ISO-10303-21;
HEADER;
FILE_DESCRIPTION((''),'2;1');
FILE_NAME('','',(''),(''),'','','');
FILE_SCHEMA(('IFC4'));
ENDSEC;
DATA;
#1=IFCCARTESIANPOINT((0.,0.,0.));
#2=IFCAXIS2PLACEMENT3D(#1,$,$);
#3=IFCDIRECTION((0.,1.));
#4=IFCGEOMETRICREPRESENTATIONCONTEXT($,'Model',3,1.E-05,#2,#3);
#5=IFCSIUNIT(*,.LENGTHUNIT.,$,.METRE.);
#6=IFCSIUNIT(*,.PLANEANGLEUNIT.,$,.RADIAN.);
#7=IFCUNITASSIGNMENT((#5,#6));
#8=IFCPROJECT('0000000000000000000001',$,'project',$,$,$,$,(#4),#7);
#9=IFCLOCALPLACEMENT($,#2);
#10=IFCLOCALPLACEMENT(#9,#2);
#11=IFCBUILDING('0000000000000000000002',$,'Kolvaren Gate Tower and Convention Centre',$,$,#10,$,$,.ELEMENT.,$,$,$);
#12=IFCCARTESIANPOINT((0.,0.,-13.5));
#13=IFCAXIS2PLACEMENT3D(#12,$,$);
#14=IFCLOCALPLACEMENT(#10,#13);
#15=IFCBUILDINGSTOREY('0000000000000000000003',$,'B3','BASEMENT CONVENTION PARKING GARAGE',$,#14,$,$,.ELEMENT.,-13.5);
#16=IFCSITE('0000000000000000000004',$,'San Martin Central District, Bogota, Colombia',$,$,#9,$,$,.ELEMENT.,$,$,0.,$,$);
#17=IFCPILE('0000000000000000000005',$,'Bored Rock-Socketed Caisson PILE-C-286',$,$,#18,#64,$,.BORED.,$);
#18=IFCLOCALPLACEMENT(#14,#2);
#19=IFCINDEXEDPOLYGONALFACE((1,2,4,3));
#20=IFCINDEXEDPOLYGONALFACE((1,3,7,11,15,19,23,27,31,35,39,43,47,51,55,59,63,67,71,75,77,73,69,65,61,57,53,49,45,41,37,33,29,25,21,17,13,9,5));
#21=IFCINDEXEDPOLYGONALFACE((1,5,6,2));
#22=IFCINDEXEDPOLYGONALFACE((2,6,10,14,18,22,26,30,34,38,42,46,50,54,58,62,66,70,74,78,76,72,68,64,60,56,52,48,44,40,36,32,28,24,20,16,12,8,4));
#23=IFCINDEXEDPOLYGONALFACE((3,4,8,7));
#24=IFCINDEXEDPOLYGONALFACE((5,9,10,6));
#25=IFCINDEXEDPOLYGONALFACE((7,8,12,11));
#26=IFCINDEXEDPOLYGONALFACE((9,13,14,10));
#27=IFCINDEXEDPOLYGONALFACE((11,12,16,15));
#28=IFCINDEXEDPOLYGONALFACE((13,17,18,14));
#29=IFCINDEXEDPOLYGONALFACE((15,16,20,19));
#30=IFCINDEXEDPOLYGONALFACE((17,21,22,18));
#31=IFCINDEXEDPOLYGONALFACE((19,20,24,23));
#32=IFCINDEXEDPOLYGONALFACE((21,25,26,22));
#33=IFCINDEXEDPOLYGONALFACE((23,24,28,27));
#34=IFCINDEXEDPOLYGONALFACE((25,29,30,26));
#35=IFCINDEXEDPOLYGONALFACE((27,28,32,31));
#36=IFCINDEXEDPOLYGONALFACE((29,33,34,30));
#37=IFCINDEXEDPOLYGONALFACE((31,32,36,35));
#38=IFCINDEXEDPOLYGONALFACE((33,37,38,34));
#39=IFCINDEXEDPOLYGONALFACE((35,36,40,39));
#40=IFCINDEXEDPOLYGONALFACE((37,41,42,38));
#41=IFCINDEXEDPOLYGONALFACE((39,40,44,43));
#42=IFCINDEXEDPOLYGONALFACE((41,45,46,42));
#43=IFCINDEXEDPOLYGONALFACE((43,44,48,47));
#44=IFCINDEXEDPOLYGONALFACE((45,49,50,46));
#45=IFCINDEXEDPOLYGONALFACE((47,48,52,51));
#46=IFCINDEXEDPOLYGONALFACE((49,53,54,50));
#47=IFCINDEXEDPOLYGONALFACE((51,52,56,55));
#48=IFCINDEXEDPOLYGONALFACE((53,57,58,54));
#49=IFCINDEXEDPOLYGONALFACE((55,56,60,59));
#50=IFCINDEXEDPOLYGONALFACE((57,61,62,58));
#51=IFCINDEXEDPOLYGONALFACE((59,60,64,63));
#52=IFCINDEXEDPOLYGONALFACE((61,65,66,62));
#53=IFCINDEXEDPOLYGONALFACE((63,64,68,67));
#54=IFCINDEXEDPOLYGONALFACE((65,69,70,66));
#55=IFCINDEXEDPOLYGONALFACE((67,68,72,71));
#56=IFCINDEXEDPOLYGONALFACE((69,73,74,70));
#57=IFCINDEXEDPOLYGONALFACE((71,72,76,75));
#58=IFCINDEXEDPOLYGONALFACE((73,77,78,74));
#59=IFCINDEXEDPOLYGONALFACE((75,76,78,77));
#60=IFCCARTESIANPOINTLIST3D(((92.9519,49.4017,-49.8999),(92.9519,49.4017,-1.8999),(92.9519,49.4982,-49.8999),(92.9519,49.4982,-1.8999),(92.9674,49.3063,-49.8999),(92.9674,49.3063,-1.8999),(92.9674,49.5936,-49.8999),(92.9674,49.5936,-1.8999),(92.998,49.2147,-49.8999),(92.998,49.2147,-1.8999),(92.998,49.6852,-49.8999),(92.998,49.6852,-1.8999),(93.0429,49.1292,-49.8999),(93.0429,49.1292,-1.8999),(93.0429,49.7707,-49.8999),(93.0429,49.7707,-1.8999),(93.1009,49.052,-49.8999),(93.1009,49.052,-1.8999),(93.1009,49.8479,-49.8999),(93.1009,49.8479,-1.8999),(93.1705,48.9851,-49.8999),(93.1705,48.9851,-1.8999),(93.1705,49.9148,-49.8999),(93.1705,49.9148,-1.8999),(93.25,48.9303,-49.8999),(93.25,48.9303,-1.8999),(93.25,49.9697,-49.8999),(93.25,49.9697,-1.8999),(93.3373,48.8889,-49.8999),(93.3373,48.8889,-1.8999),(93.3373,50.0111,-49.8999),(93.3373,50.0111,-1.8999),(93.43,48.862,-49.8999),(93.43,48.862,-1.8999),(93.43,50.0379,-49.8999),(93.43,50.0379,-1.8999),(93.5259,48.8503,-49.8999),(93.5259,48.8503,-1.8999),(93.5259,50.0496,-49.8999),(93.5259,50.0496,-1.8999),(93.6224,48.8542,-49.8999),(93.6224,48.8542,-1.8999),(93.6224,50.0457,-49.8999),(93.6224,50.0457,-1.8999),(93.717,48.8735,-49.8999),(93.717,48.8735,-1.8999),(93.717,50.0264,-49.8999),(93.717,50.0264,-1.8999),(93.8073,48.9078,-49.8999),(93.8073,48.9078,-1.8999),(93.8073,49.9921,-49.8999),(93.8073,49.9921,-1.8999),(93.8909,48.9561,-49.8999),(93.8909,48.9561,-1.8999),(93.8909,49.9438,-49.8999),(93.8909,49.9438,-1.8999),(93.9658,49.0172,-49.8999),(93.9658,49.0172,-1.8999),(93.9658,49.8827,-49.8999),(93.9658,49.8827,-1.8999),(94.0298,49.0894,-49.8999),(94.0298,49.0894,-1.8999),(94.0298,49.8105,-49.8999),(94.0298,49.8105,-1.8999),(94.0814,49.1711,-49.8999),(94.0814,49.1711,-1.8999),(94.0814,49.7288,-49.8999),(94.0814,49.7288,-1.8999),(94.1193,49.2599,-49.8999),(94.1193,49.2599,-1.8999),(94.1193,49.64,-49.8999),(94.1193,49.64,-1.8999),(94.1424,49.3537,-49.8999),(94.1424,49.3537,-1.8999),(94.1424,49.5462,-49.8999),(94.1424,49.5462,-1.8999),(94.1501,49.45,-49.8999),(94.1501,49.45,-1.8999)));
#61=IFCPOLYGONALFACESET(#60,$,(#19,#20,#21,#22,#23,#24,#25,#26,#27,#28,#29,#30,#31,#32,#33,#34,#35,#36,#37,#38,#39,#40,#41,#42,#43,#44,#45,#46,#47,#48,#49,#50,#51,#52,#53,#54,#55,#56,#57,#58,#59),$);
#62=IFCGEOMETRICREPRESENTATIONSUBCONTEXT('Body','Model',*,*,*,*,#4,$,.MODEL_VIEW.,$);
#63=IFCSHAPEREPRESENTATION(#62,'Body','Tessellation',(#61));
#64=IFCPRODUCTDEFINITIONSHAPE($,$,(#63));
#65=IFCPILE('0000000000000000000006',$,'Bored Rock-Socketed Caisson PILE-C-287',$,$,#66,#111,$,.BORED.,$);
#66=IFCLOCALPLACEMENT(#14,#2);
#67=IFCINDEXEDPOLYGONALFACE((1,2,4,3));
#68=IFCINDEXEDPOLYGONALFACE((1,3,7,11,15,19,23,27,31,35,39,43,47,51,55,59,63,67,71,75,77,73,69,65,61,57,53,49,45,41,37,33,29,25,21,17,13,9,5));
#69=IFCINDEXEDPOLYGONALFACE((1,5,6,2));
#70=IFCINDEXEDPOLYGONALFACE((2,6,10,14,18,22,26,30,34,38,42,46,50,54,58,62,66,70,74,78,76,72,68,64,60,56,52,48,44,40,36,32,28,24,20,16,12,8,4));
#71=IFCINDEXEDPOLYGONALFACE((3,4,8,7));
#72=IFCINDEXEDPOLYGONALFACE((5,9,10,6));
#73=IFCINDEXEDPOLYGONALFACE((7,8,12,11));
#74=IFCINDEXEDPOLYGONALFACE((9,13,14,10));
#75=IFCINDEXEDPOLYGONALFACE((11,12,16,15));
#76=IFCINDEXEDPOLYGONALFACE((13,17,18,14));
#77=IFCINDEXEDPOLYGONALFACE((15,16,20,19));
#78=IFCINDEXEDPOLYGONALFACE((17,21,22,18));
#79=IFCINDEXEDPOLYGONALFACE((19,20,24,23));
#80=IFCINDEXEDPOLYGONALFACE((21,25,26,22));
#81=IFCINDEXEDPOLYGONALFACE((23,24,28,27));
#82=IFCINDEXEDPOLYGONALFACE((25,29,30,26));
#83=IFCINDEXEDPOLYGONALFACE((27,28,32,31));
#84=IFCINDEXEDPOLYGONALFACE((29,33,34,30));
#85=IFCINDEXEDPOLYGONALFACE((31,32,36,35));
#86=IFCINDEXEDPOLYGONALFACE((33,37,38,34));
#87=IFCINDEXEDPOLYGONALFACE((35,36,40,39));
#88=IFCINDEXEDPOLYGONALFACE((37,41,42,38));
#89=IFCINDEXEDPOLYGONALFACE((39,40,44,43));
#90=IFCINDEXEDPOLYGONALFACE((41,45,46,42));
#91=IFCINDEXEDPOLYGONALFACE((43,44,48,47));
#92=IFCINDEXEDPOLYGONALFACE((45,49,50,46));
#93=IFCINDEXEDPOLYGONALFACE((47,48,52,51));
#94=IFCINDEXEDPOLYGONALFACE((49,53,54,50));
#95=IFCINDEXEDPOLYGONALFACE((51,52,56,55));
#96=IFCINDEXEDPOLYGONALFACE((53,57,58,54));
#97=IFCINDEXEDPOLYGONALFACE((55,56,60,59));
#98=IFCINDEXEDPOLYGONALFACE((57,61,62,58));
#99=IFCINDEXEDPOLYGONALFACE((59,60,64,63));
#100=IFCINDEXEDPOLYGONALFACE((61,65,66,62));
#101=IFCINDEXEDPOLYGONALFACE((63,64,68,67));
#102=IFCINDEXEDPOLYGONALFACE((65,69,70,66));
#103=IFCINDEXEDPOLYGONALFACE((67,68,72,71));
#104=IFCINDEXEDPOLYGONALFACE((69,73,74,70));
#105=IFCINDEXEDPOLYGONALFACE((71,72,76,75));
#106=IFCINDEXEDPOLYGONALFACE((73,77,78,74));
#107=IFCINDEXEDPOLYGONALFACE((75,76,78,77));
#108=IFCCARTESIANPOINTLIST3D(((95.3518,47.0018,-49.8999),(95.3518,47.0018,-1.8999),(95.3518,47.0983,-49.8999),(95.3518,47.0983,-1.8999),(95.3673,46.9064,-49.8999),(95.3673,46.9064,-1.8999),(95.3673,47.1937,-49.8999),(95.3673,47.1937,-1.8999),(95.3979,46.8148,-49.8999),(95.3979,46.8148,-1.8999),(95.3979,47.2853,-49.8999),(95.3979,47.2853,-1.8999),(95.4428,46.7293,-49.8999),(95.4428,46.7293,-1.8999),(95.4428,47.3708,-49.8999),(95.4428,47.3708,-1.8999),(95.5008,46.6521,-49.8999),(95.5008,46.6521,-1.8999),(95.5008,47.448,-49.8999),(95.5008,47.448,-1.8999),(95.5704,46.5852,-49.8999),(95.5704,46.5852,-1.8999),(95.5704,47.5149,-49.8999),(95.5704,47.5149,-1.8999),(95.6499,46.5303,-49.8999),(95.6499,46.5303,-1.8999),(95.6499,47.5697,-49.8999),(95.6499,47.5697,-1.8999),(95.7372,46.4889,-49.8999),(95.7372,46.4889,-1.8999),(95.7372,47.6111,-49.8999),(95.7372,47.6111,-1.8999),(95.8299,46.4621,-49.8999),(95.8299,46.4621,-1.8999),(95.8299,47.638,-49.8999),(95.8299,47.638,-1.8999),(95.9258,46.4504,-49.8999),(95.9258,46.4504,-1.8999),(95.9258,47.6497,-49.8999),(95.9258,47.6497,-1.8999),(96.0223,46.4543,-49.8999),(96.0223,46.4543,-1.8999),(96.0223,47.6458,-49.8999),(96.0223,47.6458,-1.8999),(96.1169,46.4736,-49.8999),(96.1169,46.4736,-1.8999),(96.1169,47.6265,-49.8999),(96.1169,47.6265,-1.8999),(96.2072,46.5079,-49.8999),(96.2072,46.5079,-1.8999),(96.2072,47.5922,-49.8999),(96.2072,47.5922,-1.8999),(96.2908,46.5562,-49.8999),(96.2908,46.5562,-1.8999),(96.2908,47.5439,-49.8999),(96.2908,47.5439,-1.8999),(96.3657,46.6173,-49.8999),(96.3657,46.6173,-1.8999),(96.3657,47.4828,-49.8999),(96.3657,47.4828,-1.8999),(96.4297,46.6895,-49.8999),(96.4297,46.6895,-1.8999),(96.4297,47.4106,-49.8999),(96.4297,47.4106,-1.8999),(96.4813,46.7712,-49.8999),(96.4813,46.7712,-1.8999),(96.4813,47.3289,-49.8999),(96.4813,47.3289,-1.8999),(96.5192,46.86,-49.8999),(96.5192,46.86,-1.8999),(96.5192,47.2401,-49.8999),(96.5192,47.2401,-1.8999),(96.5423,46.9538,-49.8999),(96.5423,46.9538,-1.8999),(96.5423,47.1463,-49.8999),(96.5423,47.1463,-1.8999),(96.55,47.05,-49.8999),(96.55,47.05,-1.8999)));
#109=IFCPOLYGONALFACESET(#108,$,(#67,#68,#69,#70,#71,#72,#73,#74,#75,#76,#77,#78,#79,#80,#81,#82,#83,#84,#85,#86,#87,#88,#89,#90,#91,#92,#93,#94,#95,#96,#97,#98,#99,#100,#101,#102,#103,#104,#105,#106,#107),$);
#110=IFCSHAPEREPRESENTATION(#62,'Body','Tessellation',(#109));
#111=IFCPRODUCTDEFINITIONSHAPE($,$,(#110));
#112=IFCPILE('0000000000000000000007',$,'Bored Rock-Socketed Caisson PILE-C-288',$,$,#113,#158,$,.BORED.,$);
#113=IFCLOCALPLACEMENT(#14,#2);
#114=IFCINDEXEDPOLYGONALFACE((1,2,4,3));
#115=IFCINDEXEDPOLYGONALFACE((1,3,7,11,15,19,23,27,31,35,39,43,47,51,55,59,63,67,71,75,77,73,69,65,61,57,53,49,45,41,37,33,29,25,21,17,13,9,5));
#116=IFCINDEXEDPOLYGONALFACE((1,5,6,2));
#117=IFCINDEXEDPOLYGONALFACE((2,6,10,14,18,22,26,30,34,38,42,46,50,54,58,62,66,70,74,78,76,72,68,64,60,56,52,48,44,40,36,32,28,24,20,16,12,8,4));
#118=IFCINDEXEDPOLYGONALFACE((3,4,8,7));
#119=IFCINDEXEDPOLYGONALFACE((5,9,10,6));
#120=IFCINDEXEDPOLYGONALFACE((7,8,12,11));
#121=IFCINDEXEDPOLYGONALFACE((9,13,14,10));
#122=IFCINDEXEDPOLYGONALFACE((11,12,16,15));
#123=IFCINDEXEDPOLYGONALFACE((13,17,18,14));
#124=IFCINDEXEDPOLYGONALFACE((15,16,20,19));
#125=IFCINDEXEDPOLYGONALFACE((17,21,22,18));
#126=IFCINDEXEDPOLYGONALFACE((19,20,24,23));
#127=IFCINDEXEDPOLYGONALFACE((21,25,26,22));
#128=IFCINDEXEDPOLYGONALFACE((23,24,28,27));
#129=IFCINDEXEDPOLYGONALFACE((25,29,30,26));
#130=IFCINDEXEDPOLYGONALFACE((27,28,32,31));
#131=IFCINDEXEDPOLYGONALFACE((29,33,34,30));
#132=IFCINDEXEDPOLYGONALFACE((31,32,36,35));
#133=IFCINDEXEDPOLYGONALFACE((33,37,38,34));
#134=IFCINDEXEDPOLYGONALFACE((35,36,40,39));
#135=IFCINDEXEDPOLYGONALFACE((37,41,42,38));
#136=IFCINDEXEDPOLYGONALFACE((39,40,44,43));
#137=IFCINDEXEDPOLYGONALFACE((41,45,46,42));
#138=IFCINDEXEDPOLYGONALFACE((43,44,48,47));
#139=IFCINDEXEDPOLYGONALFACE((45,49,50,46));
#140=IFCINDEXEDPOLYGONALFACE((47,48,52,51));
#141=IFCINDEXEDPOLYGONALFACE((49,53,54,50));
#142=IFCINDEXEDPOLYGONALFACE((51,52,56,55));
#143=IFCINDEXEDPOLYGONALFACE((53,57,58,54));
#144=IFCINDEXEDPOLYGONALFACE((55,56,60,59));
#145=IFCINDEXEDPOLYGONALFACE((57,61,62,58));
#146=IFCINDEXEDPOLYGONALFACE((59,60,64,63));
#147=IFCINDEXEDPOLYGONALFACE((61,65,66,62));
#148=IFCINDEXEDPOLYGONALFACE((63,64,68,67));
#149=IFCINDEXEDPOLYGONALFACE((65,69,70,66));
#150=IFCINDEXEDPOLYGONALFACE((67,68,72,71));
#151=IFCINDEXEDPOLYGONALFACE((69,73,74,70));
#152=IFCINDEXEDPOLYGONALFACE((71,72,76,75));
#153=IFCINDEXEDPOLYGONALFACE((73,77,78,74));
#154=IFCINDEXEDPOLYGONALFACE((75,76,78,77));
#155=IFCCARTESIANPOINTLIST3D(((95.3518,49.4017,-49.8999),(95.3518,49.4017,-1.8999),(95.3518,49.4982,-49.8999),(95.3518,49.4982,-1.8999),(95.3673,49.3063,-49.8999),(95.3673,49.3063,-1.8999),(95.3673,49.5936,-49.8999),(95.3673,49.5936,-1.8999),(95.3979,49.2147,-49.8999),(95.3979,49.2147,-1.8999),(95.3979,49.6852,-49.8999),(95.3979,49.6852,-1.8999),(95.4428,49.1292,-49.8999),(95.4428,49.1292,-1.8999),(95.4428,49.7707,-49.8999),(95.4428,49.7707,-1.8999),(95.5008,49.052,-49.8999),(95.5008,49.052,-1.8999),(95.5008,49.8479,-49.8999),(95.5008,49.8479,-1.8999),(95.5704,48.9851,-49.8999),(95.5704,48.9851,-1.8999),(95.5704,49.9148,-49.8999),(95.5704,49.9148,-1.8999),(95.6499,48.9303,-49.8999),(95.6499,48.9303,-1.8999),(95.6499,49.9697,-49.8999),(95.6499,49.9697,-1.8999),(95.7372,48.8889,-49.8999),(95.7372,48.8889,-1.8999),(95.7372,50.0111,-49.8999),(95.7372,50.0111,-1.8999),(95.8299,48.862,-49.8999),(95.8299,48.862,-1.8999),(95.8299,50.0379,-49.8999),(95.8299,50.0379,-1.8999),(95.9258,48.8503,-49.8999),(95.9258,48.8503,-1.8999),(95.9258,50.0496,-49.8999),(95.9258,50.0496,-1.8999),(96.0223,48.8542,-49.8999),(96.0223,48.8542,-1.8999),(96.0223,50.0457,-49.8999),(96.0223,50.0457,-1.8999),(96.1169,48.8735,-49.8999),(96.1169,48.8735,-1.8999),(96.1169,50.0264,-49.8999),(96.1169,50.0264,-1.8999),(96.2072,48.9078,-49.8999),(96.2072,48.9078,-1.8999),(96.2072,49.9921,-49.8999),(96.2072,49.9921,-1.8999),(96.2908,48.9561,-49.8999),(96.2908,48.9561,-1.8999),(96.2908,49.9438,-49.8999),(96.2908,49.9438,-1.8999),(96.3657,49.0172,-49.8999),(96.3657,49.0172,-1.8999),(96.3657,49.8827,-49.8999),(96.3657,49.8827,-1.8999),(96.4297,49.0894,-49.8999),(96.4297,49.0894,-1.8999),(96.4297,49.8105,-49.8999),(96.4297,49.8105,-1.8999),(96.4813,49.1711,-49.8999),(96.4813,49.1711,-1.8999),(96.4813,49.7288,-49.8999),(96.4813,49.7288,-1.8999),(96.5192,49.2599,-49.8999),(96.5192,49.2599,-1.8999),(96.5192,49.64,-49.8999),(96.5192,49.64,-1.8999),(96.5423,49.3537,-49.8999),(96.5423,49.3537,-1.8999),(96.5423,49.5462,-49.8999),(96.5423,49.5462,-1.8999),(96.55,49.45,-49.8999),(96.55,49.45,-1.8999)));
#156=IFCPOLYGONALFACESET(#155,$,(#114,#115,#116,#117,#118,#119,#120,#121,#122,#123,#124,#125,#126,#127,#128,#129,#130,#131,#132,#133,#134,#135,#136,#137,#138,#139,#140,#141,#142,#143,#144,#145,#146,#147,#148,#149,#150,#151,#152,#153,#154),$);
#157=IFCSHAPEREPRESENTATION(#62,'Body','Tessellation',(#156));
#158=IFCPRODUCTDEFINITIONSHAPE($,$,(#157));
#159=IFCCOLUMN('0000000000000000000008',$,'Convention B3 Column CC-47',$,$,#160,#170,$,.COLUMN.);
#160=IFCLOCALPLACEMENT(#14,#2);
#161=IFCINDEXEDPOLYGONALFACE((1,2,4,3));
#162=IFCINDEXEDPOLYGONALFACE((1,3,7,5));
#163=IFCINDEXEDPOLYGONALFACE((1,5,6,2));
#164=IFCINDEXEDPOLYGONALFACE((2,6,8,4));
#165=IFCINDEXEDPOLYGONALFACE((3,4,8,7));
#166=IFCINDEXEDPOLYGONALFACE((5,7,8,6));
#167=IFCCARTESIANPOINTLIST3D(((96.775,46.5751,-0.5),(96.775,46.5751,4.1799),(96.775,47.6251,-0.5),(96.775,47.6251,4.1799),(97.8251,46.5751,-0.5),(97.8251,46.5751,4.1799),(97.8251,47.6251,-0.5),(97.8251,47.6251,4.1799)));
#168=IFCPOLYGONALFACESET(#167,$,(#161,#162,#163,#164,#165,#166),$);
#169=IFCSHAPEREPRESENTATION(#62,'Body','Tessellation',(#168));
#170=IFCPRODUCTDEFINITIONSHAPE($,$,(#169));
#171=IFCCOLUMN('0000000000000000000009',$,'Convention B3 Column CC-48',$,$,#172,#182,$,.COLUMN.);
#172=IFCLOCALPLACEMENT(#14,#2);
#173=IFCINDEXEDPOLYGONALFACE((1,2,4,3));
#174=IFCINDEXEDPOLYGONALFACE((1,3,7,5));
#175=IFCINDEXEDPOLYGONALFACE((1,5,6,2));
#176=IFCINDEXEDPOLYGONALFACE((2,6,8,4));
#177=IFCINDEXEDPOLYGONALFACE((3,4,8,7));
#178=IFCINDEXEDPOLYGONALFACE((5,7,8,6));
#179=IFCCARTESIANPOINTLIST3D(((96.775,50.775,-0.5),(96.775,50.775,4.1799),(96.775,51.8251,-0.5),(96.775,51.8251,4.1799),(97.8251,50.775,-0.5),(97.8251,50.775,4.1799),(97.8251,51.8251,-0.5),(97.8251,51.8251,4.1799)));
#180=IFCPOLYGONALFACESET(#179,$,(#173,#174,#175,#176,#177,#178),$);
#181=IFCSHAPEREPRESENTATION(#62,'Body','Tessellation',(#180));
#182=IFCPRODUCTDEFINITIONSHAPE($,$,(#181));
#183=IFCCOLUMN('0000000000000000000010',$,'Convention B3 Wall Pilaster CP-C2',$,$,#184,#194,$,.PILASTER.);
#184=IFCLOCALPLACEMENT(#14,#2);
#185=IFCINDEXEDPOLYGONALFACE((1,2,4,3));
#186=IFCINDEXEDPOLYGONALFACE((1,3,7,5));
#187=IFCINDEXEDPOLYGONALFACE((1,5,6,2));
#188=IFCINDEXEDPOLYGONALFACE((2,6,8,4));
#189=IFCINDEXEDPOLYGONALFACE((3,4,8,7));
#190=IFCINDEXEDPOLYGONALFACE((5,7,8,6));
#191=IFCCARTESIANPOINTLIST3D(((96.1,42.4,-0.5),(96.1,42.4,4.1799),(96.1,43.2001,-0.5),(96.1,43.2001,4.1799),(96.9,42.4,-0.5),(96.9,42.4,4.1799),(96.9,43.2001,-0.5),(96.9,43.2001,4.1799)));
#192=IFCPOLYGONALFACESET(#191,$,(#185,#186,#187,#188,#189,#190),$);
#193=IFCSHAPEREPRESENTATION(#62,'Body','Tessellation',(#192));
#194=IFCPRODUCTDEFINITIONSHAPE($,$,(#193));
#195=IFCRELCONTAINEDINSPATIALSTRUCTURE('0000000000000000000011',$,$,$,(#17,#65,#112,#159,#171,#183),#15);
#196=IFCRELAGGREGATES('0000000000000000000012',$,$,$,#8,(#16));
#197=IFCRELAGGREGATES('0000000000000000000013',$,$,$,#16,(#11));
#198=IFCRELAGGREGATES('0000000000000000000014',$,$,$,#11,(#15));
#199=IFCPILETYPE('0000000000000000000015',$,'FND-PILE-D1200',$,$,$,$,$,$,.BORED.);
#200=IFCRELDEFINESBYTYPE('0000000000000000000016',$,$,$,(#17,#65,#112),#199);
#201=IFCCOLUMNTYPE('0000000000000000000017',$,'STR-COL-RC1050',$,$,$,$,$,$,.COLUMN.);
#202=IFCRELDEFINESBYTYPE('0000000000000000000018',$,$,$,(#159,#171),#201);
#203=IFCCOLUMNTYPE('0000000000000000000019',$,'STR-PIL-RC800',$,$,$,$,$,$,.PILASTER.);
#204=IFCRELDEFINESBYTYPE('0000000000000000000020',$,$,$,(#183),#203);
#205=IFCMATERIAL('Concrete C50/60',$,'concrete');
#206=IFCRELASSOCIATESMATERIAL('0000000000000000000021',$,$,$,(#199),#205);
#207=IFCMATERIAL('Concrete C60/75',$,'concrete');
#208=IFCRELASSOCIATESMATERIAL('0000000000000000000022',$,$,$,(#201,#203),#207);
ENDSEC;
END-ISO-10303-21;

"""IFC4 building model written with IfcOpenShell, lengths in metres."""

from ifc_helpers import new_model, si_unit, direction, frame, origin, origin_2d, place, context, subcontext, project, spatial, rectangle, circle, extrude, material, material_profile, profile_set, type_object, element, save


model = new_model("IFC4")

# Units and contexts
model_context = context("Model", 3, precision=1e-05, world=origin(), true_north=direction((0.0, 1.0)))
body_context = subcontext(model_context, "Body", "Model", "MODEL_VIEW")
ifc_project = project(units=[si_unit("LENGTHUNIT", "METRE"), si_unit("PLANEANGLEUNIT", "RADIAN")], contexts=[model_context])

# Site, building, storey
site_placement = place(None, origin())
site = spatial("IfcSite", under=ifc_project, at=site_placement, Name="San Martin Central District, Bogota, Colombia", CompositionType="ELEMENT", RefElevation=0.0)
building_placement = place(site_placement, origin())
building = spatial("IfcBuilding", under=site, at=building_placement, Name="Kolvaren Gate Tower and Convention Centre", CompositionType="ELEMENT")
storey_placement = place(building_placement, frame((0.0, 0.0, -13.5)))
storey = spatial("IfcBuildingStorey", under=building, at=storey_placement, Name="B3", Description="BASEMENT CONVENTION PARKING GARAGE", CompositionType="ELEMENT", Elevation=-13.5)

# Shared definitions
ifc_material_1 = material(Name="Concrete C50/60", Category="concrete")
ifc_material_2 = material(Name="Concrete C60/75", Category="concrete")

# Piles
ifc_material_profile_1 = material_profile(ifc_material_1, circle(Radius=0.6001, at=origin_2d()), Name="CAISSON-D1200")
ifc_profile_set_1 = profile_set([ifc_material_profile_1], Name="Concrete C50/60")
pile_type = type_object("IfcPileType", Name="FND-PILE-D1200", PredefinedType="BORED", material=ifc_profile_set_1)
for number, where, z_axis, x_axis, name in (
    (1, (93.55, 49.45, -1.8999), (0.0, 0.0, -1.0), (1.0, 0.0, 0.0), "Bored Rock-Socketed Caisson PILE-C-286"),
    (2, (95.95, 47.05, -1.8999), (0.0, 0.0, -1.0), (1.0, 0.0, 0.0), "Bored Rock-Socketed Caisson PILE-C-287"),
    (3, (95.95, 49.45, -1.8999), (0.0, 0.0, -1.0), (1.0, 0.0, 0.0), "Bored Rock-Socketed Caisson PILE-C-288"),
):
    element("IfcPile", number, at=place(storey_placement, frame(where, z_axis=z_axis, x_axis=x_axis)), inside=storey, type_object=pile_type, Name=name, PredefinedType="BORED", context=body_context, shape_type="SweptSolid", body=[
        extrude(circle(Radius=0.6001, at=origin_2d()), origin(), (0.0, 0.0, 1.0), 48.0),
    ])

# Columns
ifc_material_profile_2 = material_profile(ifc_material_2, rectangle(XDim=1.05, YDim=1.05, at=origin_2d()), Name="RC-COL-1050X1050")
ifc_profile_set_2 = profile_set([ifc_material_profile_2], Name="Concrete C60/75")
column_type_1 = type_object("IfcColumnType", Name="STR-COL-RC1050", PredefinedType="COLUMN", material=ifc_profile_set_2)
for number, where, z_axis, x_axis, name in (
    (4, (97.3, 47.1001, -0.5), (0.0, 0.0, 1.0), (1.0, 0.0, 0.0), "Convention B3 Column CC-47"),
    (5, (97.3, 51.3, -0.5), (0.0, 0.0, 1.0), (1.0, 0.0, 0.0), "Convention B3 Column CC-48"),
):
    element("IfcColumn", number, at=place(storey_placement, frame(where, z_axis=z_axis, x_axis=x_axis)), inside=storey, type_object=column_type_1, Name=name, PredefinedType="COLUMN", context=body_context, shape_type="SweptSolid", body=[
        extrude(rectangle(XDim=1.05, YDim=1.05, at=origin_2d()), origin(), (0.0, 0.0, 1.0), 4.6799),
    ])
ifc_material_profile_3 = material_profile(ifc_material_2, rectangle(XDim=0.8, YDim=0.8, at=origin_2d()), Name="RC-COL-800X800")
ifc_profile_set_3 = profile_set([ifc_material_profile_3], Name="Concrete C60/75")
column_type_2 = type_object("IfcColumnType", Name="STR-PIL-RC800", PredefinedType="PILASTER", material=ifc_profile_set_3)
column_placement = place(storey_placement, frame((96.5, 42.8, -0.5), z_axis=(0.0, 0.0, 1.0), x_axis=(1.0, 0.0, 0.0)))
element("IfcColumn", 6, at=column_placement, inside=storey, type_object=column_type_2, Name="Convention B3 Wall Pilaster CP-C2", PredefinedType="PILASTER", context=body_context, shape_type="SweptSolid", body=[
    extrude(rectangle(XDim=0.8, YDim=0.8, at=origin_2d()), origin(), (0.0, 0.0, 1.0), 4.6799),
])

save(model, "model.ifc")
